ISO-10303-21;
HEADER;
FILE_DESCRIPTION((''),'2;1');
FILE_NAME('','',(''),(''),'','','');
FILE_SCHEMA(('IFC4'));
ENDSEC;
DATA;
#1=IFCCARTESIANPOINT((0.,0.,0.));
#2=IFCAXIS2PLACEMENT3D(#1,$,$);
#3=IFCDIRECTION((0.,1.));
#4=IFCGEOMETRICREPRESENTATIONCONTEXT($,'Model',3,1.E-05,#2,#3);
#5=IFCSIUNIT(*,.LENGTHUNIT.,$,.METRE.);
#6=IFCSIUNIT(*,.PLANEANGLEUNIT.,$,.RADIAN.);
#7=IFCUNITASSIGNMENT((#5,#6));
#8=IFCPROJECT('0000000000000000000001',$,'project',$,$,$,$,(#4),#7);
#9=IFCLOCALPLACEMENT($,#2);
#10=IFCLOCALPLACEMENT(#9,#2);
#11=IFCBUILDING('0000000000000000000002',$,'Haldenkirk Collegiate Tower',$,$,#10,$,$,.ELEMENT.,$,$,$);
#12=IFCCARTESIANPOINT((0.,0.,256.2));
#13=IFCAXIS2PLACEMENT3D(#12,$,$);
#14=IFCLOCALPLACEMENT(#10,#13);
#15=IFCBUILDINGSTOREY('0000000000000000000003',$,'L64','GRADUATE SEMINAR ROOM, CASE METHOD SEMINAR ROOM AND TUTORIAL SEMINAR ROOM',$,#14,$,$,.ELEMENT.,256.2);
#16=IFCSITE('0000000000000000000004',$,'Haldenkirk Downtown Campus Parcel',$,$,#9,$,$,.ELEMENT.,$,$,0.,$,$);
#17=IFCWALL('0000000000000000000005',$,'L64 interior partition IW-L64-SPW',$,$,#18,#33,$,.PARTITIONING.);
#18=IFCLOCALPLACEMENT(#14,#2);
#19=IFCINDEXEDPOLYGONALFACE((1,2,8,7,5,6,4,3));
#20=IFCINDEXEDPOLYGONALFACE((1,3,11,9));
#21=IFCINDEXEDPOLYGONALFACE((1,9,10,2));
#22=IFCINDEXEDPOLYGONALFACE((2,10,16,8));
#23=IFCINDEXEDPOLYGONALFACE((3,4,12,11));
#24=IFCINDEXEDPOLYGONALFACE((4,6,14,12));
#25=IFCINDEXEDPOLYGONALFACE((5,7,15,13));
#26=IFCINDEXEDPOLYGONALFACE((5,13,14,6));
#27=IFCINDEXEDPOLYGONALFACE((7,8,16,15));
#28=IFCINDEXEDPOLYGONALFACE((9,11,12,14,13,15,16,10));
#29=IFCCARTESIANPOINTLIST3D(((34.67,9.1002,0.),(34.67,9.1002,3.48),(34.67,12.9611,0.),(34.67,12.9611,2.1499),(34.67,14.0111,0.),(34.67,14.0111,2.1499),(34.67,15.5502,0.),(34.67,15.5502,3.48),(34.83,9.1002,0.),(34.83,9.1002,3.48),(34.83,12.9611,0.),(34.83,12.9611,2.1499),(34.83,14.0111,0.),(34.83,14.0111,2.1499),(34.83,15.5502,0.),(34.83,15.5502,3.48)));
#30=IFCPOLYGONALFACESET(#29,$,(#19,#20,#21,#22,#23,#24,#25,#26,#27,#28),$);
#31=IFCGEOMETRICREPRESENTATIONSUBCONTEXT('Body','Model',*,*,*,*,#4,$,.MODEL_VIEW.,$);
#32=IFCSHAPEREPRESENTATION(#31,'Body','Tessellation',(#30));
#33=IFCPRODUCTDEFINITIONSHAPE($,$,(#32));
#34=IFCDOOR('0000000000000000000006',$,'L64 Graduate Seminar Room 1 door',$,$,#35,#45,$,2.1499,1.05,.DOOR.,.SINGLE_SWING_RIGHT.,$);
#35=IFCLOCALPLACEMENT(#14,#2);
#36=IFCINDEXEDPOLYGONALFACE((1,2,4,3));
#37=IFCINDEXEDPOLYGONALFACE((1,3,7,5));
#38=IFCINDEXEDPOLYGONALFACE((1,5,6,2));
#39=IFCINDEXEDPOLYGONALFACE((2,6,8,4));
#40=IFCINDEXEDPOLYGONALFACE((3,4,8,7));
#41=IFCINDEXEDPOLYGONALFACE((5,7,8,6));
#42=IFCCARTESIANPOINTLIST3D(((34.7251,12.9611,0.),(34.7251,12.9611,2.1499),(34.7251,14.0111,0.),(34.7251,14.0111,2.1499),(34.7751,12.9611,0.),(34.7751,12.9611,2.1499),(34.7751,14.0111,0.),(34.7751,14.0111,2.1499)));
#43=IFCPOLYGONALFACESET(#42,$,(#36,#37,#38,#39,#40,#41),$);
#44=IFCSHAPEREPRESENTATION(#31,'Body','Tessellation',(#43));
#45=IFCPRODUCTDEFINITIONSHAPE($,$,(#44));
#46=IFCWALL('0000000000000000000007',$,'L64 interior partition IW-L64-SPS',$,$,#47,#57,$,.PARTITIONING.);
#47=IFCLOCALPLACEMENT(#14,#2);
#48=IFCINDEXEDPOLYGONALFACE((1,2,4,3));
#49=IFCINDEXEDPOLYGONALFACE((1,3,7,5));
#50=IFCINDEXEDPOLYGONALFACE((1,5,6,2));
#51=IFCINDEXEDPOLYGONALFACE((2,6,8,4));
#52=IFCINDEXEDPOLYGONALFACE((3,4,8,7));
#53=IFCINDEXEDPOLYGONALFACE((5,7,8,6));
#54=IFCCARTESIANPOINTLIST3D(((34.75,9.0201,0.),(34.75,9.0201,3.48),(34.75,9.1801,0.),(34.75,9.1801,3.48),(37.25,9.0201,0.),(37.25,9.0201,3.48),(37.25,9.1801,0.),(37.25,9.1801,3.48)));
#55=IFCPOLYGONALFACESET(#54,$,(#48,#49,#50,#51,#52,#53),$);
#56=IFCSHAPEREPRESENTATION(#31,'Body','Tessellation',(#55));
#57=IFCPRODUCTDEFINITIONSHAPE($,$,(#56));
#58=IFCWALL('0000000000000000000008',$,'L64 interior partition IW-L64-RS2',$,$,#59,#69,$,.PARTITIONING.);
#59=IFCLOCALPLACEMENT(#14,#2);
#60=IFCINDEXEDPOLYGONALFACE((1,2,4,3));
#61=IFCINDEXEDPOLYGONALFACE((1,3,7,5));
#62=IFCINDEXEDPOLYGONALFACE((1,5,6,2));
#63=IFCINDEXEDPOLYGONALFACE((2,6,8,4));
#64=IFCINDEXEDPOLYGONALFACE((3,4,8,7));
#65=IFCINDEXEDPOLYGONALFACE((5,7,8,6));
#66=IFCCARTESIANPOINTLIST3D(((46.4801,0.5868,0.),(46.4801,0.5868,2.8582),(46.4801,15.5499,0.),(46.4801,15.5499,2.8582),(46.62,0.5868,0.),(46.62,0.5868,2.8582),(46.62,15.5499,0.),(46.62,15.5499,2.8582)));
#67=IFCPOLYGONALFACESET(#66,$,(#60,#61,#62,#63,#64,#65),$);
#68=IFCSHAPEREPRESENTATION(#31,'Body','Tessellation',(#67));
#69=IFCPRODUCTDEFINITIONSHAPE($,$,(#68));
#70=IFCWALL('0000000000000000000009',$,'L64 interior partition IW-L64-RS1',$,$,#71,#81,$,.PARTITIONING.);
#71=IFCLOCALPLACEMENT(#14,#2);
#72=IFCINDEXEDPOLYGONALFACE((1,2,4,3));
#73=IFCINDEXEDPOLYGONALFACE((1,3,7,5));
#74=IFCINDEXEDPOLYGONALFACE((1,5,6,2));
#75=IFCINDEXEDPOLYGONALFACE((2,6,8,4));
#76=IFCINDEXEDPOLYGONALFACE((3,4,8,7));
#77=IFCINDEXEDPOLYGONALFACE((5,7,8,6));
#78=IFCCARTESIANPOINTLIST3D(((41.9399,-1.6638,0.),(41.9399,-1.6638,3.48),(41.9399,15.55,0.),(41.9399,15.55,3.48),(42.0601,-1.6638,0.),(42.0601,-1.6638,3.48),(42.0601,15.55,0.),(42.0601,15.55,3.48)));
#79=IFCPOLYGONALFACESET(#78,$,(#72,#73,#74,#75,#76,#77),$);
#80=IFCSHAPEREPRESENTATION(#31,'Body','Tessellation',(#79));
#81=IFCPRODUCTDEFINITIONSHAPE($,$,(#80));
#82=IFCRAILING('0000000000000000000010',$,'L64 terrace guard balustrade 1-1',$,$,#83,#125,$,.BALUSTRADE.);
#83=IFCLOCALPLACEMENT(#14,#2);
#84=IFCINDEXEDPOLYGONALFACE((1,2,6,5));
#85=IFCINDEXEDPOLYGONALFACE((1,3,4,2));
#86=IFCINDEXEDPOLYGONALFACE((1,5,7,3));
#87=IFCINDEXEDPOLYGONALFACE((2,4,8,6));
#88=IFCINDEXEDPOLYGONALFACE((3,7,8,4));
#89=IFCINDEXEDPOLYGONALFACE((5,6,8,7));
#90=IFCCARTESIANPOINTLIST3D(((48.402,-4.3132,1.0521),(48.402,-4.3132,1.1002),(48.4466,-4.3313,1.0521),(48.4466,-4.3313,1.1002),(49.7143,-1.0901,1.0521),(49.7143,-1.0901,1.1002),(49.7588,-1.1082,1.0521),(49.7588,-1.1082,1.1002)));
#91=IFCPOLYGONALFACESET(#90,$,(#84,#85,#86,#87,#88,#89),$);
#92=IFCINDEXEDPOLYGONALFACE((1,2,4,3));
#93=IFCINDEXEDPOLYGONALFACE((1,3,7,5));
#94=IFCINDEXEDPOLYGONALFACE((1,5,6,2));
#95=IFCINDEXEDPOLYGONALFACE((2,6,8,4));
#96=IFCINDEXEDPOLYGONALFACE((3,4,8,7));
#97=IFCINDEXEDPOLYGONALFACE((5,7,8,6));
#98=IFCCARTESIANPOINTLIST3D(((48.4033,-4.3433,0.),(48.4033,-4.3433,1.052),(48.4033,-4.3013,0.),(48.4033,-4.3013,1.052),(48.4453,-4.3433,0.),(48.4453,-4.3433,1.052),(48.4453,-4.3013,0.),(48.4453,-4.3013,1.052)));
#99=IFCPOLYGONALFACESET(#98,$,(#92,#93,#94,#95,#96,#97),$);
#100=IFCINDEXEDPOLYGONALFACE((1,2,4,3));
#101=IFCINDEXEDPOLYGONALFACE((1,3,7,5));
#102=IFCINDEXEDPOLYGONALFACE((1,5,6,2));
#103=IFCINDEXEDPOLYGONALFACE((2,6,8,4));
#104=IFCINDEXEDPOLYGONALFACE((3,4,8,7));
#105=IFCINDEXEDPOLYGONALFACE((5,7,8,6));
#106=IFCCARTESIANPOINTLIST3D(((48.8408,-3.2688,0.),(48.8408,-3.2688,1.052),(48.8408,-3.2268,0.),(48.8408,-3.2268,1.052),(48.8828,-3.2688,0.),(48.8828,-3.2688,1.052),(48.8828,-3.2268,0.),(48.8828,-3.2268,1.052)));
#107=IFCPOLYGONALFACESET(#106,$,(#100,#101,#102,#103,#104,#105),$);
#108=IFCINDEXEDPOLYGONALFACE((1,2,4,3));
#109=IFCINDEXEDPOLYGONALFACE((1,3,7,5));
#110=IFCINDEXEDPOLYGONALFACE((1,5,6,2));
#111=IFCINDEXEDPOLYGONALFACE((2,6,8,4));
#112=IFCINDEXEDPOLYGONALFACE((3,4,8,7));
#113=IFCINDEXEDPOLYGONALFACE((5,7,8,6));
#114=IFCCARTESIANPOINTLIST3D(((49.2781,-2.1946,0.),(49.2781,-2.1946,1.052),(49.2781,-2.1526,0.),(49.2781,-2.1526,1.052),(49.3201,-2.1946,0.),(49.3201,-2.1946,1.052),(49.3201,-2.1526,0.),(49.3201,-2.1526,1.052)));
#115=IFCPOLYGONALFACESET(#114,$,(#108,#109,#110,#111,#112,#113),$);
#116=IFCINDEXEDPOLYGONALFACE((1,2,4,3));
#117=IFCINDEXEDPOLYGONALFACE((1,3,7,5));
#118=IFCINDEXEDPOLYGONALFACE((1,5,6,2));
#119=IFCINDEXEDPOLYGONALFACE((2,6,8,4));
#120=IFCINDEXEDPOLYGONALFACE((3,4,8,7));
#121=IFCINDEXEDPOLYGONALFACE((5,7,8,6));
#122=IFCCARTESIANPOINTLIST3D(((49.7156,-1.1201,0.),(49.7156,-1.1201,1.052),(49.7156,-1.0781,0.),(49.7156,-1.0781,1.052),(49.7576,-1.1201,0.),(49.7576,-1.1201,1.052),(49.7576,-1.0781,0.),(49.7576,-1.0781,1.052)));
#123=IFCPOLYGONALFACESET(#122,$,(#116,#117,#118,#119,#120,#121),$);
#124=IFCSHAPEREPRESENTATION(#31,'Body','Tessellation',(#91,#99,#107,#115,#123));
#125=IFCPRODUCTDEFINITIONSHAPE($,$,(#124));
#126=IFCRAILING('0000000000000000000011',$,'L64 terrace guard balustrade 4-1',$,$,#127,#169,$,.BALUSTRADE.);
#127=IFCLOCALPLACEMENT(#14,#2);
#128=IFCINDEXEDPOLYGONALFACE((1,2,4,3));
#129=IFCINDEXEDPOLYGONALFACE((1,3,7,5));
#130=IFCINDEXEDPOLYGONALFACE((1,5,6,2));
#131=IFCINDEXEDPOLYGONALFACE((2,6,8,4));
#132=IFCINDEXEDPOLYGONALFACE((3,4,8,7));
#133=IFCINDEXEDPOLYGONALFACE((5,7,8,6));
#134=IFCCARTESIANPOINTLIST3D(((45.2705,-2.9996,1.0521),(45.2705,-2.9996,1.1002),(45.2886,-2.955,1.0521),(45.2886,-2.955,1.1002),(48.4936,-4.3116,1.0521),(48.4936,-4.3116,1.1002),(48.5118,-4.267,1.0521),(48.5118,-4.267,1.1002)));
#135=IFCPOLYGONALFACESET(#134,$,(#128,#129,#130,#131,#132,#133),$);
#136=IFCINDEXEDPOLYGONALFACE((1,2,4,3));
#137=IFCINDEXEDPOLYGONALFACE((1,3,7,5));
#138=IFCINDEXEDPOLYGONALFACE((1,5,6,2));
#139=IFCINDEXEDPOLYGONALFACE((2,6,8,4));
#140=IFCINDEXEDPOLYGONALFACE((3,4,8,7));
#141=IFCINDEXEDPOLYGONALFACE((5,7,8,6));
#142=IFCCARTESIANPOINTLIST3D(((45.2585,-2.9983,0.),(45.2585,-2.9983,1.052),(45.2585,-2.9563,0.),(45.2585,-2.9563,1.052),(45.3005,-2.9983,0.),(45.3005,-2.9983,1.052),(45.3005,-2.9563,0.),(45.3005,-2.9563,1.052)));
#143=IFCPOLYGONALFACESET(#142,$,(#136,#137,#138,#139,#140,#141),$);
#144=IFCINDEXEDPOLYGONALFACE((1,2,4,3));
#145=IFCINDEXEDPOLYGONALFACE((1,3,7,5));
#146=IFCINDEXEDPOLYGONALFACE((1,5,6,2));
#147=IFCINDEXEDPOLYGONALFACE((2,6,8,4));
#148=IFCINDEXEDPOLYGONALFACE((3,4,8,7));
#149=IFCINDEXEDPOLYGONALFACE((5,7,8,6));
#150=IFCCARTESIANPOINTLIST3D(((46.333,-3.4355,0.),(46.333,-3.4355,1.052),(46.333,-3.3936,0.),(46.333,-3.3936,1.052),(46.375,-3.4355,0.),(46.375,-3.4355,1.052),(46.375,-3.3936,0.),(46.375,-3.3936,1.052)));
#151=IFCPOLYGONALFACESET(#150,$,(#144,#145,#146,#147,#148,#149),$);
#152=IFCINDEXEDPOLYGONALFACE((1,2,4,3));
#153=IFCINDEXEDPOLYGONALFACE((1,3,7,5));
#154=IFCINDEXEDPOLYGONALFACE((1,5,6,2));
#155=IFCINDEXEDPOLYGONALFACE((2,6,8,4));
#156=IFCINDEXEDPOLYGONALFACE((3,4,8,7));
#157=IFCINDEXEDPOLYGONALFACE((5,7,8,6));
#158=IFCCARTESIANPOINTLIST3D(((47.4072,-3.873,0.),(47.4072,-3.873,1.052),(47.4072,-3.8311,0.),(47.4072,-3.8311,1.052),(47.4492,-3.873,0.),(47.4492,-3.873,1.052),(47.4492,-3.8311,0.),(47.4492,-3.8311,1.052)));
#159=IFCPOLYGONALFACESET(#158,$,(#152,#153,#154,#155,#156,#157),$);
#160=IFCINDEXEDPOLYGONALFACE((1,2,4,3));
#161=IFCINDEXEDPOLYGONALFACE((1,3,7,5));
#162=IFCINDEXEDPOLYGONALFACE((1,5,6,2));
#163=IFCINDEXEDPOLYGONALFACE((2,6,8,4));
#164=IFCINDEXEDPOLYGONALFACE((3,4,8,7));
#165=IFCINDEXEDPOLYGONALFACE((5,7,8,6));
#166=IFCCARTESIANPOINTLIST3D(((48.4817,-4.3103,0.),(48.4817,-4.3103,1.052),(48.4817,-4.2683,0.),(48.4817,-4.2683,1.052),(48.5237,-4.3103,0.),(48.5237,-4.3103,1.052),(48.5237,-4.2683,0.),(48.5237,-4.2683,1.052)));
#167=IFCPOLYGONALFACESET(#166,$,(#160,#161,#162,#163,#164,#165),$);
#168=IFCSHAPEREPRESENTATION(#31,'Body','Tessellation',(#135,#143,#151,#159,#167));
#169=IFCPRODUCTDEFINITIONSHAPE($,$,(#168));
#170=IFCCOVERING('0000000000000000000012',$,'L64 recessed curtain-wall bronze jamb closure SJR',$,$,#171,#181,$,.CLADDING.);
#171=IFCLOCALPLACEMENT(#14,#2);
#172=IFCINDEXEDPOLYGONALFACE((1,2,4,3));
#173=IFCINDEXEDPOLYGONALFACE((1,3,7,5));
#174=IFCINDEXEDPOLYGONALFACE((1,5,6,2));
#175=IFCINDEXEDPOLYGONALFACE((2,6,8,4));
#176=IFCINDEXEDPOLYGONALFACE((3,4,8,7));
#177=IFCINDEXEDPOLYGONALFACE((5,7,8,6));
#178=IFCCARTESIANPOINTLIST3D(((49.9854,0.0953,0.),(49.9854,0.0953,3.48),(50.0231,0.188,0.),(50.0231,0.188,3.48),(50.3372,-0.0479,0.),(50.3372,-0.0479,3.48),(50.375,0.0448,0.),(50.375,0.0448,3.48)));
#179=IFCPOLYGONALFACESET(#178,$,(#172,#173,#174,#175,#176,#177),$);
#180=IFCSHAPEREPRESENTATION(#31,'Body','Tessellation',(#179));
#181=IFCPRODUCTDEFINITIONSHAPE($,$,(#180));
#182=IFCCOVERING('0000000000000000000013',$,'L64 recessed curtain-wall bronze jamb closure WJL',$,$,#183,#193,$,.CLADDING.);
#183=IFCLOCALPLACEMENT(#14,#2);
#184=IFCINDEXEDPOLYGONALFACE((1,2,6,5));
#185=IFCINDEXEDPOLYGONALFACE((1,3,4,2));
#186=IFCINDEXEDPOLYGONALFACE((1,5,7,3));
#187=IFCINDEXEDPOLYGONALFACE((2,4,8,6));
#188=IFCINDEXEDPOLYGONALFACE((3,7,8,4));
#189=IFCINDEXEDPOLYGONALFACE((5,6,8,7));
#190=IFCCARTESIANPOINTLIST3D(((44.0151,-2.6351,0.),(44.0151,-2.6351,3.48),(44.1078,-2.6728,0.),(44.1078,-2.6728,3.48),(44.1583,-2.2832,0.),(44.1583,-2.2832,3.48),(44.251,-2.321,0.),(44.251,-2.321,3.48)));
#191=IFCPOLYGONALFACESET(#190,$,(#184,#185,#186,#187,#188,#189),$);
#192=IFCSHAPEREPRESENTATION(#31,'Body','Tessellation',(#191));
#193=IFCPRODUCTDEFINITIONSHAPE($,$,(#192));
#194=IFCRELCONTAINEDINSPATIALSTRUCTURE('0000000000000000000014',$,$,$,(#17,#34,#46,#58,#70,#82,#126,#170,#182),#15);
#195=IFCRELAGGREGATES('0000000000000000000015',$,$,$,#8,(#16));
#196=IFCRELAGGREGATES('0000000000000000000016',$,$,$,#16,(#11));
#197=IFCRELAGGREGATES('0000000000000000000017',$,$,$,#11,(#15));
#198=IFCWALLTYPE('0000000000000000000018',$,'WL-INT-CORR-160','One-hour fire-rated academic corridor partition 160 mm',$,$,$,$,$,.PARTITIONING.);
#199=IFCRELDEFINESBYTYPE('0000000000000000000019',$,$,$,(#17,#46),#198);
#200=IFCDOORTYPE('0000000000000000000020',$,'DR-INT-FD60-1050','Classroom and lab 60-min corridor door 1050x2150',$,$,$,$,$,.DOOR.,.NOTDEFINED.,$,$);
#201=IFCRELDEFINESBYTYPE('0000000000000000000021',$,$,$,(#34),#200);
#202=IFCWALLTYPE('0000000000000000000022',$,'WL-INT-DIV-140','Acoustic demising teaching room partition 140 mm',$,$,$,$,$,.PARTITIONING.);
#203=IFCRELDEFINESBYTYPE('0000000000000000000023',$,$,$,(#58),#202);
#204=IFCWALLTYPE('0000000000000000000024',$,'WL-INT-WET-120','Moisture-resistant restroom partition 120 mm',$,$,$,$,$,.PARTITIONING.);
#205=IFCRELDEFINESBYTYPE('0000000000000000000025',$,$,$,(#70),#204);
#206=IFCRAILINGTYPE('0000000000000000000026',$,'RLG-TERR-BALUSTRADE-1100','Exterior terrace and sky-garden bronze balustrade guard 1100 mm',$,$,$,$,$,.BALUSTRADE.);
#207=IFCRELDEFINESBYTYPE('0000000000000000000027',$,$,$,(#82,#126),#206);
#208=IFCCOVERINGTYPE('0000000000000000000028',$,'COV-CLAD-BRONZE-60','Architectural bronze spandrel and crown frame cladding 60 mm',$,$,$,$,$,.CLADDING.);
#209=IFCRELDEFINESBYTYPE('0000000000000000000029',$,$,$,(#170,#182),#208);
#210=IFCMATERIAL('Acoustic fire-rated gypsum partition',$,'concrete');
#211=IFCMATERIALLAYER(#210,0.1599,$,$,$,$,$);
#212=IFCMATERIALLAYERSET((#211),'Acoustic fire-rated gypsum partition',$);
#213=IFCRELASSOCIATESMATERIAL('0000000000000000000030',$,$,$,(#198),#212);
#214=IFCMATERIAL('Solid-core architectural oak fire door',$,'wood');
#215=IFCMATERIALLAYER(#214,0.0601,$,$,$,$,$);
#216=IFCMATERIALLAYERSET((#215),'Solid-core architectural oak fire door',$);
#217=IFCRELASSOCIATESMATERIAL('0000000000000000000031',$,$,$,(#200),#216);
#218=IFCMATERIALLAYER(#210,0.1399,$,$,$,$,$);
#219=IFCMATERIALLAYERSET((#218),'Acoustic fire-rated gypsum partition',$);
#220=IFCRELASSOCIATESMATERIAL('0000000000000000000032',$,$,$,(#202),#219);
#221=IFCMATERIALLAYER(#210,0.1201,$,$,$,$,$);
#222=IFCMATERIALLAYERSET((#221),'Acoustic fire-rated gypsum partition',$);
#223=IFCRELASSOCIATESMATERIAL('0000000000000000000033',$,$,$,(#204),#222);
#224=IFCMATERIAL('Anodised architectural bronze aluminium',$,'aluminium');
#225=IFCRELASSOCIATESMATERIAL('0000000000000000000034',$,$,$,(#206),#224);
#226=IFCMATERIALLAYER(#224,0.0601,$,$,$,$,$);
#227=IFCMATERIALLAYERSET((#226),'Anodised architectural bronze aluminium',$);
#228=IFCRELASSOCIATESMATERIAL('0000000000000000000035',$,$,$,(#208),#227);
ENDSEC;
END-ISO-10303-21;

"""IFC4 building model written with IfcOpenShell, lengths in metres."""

from ifc_helpers import new_model, si_unit, direction, frame, frame_2d, origin, origin_2d, place, context, subcontext, project, spatial, rectangle, extrude, source, transform, mapped, material, layer, layer_set, type_object, element, fill, save


model = new_model("IFC4")

# Units and contexts
model_context = context("Model", 3, precision=1e-05, world=origin(), true_north=direction((0.0, 1.0)))
body_context = subcontext(model_context, "Body", "Model", "MODEL_VIEW")
ifc_project = project(units=[si_unit("LENGTHUNIT", "METRE"), si_unit("PLANEANGLEUNIT", "RADIAN")], contexts=[model_context])

# Site, building, storey
site_placement = place(None, origin())
site = spatial("IfcSite", under=ifc_project, at=site_placement, Name="Haldenkirk Downtown Campus Parcel", CompositionType="ELEMENT", RefElevation=0.0)
building_placement = place(site_placement, origin())
building = spatial("IfcBuilding", under=site, at=building_placement, Name="Haldenkirk Collegiate Tower", CompositionType="ELEMENT")
storey_placement = place(building_placement, frame((0.0, 0.0, 256.2)))
storey = spatial("IfcBuildingStorey", under=building, at=storey_placement, Name="L64", Description="GRADUATE SEMINAR ROOM, CASE METHOD SEMINAR ROOM AND TUTORIAL SEMINAR ROOM", CompositionType="ELEMENT", Elevation=256.2)

# Shared definitions
ifc_material_1 = material(Name="Anodised architectural bronze aluminium", Category="aluminium")

# Wall, opening, door
ifc_material_2 = material(Name="Acoustic fire-rated gypsum partition", Category="concrete")
ifc_layer_1 = layer(ifc_material_2, 0.1599)
ifc_layer_set_1 = layer_set([ifc_layer_1], Name="Acoustic fire-rated gypsum partition")
wall_type_1 = type_object("IfcWallType", Name="WL-INT-CORR-160", Description="One-hour fire-rated academic corridor partition 160 mm", PredefinedType="PARTITIONING", material=ifc_layer_set_1)
wall_1_placement = place(storey_placement, frame((34.75, 9.1001, 0.0), z_axis=(0.0, 0.0, 1.0), x_axis=(0.0, 1.0, 0.0)))
wall_1 = element("IfcWall", 1, at=wall_1_placement, inside=storey, type_object=wall_type_1, Name="L64 interior partition IW-L64-SPW", PredefinedType="PARTITIONING", context=body_context, shape_type="SweptSolid", body=[
    extrude(rectangle(XDim=6.45, YDim=0.1599, at=frame_2d((3.2251, 0.0))), origin(), (0.0, 0.0, 1.0), 3.48),
])
opening_1_placement = place(wall_1_placement, frame((3.8611, 0.0, 0.0)))
opening_1 = element("IfcOpeningElement", 2, at=opening_1_placement, cuts=wall_1, PredefinedType="OPENING", context=body_context, shape_type="SweptSolid", body=[
    extrude(rectangle(XDim=1.05, YDim=2.1499, at=frame_2d((0.5249, 1.075))), frame((0.0, 0.0898, 0.0), z_axis=(0.0, -1.0, 0.0), x_axis=(1.0, 0.0, 0.0)), (0.0, 0.0, 1.0), 0.1799),
])
ifc_material_3 = material(Name="Solid-core architectural oak fire door", Category="wood")
ifc_layer_2 = layer(ifc_material_3, 0.0601)
ifc_layer_set_2 = layer_set([ifc_layer_2], Name="Solid-core architectural oak fire door")
door_type_1 = type_object("IfcDoorType", Name="DR-INT-FD60-1050", Description="Classroom and lab 60-min corridor door 1050x2150", OperationType="NOTDEFINED", PredefinedType="DOOR", material=ifc_layer_set_2)
door_1_placement = place(opening_1_placement, origin())
door_1 = element("IfcDoor", 3, at=door_1_placement, inside=storey, type_object=door_type_1, Name="L64 Graduate Seminar Room 1 door", OperationType="SINGLE_SWING_RIGHT", OverallHeight=2.1499, OverallWidth=1.05, PredefinedType="DOOR", context=body_context, shape_type="SweptSolid", body=[
    extrude(rectangle(XDim=1.05, YDim=2.1499, at=frame_2d((0.5249, 1.075))), frame((0.0, 0.0249, 0.0), z_axis=(0.0, -1.0, 0.0), x_axis=(1.0, 0.0, 0.0)), (0.0, 0.0, 1.0), 0.05),
])
fill(opening_1, door_1)

# Walls
wall_2_placement = place(storey_placement, frame((34.75, 9.1001, 0.0), z_axis=(0.0, 0.0, 1.0), x_axis=(1.0, 0.0, 0.0)))
element("IfcWall", 4, at=wall_2_placement, inside=storey, type_object=wall_type_1, Name="L64 interior partition IW-L64-SPS", PredefinedType="PARTITIONING", context=body_context, shape_type="SweptSolid", body=[
    extrude(rectangle(XDim=2.5, YDim=0.1599, at=frame_2d((1.25, 0.0))), origin(), (0.0, 0.0, 1.0), 3.48),
])
ifc_layer_3 = layer(ifc_material_2, 0.1399)
ifc_layer_set_3 = layer_set([ifc_layer_3], Name="Acoustic fire-rated gypsum partition")
wall_type_2 = type_object("IfcWallType", Name="WL-INT-DIV-140", Description="Acoustic demising teaching room partition 140 mm", PredefinedType="PARTITIONING", material=ifc_layer_set_3)
wall_3_placement = place(storey_placement, frame((46.55, 0.5869, 0.0), z_axis=(0.0, 0.0, 1.0), x_axis=(0.0, 1.0, 0.0)))
element("IfcWall", 5, at=wall_3_placement, inside=storey, type_object=wall_type_2, Name="L64 interior partition IW-L64-RS2", PredefinedType="PARTITIONING", context=body_context, shape_type="SweptSolid", body=[
    extrude(rectangle(XDim=14.9631, YDim=0.1399, at=frame_2d((7.4814, 0.0))), origin(), (0.0, 0.0, 1.0), 2.8582),
])
ifc_layer_4 = layer(ifc_material_2, 0.1201)
ifc_layer_set_4 = layer_set([ifc_layer_4], Name="Acoustic fire-rated gypsum partition")
wall_type_3 = type_object("IfcWallType", Name="WL-INT-WET-120", Description="Moisture-resistant restroom partition 120 mm", PredefinedType="PARTITIONING", material=ifc_layer_set_4)
wall_4_placement = place(storey_placement, frame((42.0, -1.6638, 0.0), z_axis=(0.0, 0.0, 1.0), x_axis=(0.0, 1.0, 0.0)))
element("IfcWall", 6, at=wall_4_placement, inside=storey, type_object=wall_type_3, Name="L64 interior partition IW-L64-RS1", PredefinedType="PARTITIONING", context=body_context, shape_type="SweptSolid", body=[
    extrude(rectangle(XDim=17.2139, YDim=0.1201, at=frame_2d((8.6069, 0.0))), origin(), (0.0, 0.0, 1.0), 3.48),
])

# Railings
railing_type = type_object("IfcRailingType", Name="RLG-TERR-BALUSTRADE-1100", Description="Exterior terrace and sky-garden bronze balustrade guard 1100 mm", PredefinedType="BALUSTRADE", material=ifc_material_1)
railing_1_placement = place(storey_placement, frame((48.4243, -4.3223, 0.0)))
element("IfcRailing", 7, at=railing_1_placement, inside=storey, type_object=railing_type, Name="L64 terrace guard balustrade 1-1", PredefinedType="BALUSTRADE", context=body_context, shape_type="SweptSolid", body=[
    extrude(rectangle(XDim=0.0481, YDim=0.0481, at=origin_2d()), frame((0.0, 0.0, 1.0762), z_axis=(0.377081, 0.92618, 0.0), x_axis=(-0.92618, 0.377081, 0.0)), (0.0, 0.0, 1.0), 3.48),
    extrude(rectangle(XDim=0.042, YDim=0.042, at=origin_2d()), origin(), (0.0, 0.0, 1.0), 1.052),
    extrude(rectangle(XDim=0.042, YDim=0.042, at=origin_2d()), frame((0.4375, 1.0745, 0.0)), (0.0, 0.0, 1.0), 1.052),
    extrude(rectangle(XDim=0.042, YDim=0.042, at=origin_2d()), frame((0.8748, 2.1487, 0.0)), (0.0, 0.0, 1.0), 1.052),
    extrude(rectangle(XDim=0.042, YDim=0.042, at=origin_2d()), frame((1.3123, 3.2231, 0.0)), (0.0, 0.0, 1.0), 1.052),
])
railing_2_placement = place(storey_placement, frame((45.2795, -2.9773, 0.0)))
element("IfcRailing", 8, at=railing_2_placement, inside=storey, type_object=railing_type, Name="L64 terrace guard balustrade 4-1", PredefinedType="BALUSTRADE", context=body_context, shape_type="SweptSolid", body=[
    extrude(rectangle(XDim=0.0481, YDim=0.0481, at=origin_2d()), frame((0.0, 0.0, 1.0762), z_axis=(0.926205, -0.377021, 0.0), x_axis=(0.377021, 0.926205, 0.0)), (0.0, 0.0, 1.0), 3.48),
    extrude(rectangle(XDim=0.042, YDim=0.042, at=origin_2d()), origin(), (0.0, 0.0, 1.0), 1.052),
    extrude(rectangle(XDim=0.042, YDim=0.042, at=origin_2d()), frame((1.0745, -0.4373, 0.0)), (0.0, 0.0, 1.0), 1.052),
    extrude(rectangle(XDim=0.042, YDim=0.042, at=origin_2d()), frame((2.1487, -0.8748, 0.0)), (0.0, 0.0, 1.0), 1.052),
    extrude(rectangle(XDim=0.042, YDim=0.042, at=origin_2d()), frame((3.2231, -1.312, 0.0)), (0.0, 0.0, 1.0), 1.052),
])

# Coverings
ifc_layer_5 = layer(ifc_material_1, 0.0601)
ifc_layer_set_5 = layer_set([ifc_layer_5], Name="Anodised architectural bronze aluminium")
covering_type = type_object("IfcCoveringType", Name="COV-CLAD-BRONZE-60", Description="Architectural bronze spandrel and crown frame cladding 60 mm", PredefinedType="CLADDING", material=ifc_layer_set_5)
shared_shape_1 = source(origin(), body_context, "Body", "SweptSolid", [
    extrude(rectangle(XDim=0.1001, YDim=0.3799, at=origin_2d()), origin(), (0.0, 0.0, 1.0), 3.48),
])
for number, where, z_axis, x_axis, name in (
    (9, (50.1802, 0.0701, 0.0), (0.0, 0.0, 1.0), (-0.377033, -0.9262, 0.0), "L64 recessed curtain-wall bronze jamb closure SJR"),
    (10, (44.1331, -2.478, 0.0), (0.0, 0.0, 1.0), (-0.9262, 0.377033, 0.0), "L64 recessed curtain-wall bronze jamb closure WJL"),
):
    element("IfcCovering", number, at=place(storey_placement, frame(where, z_axis=z_axis, x_axis=x_axis)), inside=storey, type_object=covering_type, Name=name, PredefinedType="CLADDING", context=body_context, shape_type="MappedRepresentation", body=[
        mapped(shared_shape_1, transform((0.0, 0.0, 0.0), x_axis=(1.0, 0.0, 0.0), y_axis=(0.0, 1.0, 0.0), z_axis=(0.0, 0.0, 1.0), scale=1.0)),
    ])

save(model, "model.ifc")
